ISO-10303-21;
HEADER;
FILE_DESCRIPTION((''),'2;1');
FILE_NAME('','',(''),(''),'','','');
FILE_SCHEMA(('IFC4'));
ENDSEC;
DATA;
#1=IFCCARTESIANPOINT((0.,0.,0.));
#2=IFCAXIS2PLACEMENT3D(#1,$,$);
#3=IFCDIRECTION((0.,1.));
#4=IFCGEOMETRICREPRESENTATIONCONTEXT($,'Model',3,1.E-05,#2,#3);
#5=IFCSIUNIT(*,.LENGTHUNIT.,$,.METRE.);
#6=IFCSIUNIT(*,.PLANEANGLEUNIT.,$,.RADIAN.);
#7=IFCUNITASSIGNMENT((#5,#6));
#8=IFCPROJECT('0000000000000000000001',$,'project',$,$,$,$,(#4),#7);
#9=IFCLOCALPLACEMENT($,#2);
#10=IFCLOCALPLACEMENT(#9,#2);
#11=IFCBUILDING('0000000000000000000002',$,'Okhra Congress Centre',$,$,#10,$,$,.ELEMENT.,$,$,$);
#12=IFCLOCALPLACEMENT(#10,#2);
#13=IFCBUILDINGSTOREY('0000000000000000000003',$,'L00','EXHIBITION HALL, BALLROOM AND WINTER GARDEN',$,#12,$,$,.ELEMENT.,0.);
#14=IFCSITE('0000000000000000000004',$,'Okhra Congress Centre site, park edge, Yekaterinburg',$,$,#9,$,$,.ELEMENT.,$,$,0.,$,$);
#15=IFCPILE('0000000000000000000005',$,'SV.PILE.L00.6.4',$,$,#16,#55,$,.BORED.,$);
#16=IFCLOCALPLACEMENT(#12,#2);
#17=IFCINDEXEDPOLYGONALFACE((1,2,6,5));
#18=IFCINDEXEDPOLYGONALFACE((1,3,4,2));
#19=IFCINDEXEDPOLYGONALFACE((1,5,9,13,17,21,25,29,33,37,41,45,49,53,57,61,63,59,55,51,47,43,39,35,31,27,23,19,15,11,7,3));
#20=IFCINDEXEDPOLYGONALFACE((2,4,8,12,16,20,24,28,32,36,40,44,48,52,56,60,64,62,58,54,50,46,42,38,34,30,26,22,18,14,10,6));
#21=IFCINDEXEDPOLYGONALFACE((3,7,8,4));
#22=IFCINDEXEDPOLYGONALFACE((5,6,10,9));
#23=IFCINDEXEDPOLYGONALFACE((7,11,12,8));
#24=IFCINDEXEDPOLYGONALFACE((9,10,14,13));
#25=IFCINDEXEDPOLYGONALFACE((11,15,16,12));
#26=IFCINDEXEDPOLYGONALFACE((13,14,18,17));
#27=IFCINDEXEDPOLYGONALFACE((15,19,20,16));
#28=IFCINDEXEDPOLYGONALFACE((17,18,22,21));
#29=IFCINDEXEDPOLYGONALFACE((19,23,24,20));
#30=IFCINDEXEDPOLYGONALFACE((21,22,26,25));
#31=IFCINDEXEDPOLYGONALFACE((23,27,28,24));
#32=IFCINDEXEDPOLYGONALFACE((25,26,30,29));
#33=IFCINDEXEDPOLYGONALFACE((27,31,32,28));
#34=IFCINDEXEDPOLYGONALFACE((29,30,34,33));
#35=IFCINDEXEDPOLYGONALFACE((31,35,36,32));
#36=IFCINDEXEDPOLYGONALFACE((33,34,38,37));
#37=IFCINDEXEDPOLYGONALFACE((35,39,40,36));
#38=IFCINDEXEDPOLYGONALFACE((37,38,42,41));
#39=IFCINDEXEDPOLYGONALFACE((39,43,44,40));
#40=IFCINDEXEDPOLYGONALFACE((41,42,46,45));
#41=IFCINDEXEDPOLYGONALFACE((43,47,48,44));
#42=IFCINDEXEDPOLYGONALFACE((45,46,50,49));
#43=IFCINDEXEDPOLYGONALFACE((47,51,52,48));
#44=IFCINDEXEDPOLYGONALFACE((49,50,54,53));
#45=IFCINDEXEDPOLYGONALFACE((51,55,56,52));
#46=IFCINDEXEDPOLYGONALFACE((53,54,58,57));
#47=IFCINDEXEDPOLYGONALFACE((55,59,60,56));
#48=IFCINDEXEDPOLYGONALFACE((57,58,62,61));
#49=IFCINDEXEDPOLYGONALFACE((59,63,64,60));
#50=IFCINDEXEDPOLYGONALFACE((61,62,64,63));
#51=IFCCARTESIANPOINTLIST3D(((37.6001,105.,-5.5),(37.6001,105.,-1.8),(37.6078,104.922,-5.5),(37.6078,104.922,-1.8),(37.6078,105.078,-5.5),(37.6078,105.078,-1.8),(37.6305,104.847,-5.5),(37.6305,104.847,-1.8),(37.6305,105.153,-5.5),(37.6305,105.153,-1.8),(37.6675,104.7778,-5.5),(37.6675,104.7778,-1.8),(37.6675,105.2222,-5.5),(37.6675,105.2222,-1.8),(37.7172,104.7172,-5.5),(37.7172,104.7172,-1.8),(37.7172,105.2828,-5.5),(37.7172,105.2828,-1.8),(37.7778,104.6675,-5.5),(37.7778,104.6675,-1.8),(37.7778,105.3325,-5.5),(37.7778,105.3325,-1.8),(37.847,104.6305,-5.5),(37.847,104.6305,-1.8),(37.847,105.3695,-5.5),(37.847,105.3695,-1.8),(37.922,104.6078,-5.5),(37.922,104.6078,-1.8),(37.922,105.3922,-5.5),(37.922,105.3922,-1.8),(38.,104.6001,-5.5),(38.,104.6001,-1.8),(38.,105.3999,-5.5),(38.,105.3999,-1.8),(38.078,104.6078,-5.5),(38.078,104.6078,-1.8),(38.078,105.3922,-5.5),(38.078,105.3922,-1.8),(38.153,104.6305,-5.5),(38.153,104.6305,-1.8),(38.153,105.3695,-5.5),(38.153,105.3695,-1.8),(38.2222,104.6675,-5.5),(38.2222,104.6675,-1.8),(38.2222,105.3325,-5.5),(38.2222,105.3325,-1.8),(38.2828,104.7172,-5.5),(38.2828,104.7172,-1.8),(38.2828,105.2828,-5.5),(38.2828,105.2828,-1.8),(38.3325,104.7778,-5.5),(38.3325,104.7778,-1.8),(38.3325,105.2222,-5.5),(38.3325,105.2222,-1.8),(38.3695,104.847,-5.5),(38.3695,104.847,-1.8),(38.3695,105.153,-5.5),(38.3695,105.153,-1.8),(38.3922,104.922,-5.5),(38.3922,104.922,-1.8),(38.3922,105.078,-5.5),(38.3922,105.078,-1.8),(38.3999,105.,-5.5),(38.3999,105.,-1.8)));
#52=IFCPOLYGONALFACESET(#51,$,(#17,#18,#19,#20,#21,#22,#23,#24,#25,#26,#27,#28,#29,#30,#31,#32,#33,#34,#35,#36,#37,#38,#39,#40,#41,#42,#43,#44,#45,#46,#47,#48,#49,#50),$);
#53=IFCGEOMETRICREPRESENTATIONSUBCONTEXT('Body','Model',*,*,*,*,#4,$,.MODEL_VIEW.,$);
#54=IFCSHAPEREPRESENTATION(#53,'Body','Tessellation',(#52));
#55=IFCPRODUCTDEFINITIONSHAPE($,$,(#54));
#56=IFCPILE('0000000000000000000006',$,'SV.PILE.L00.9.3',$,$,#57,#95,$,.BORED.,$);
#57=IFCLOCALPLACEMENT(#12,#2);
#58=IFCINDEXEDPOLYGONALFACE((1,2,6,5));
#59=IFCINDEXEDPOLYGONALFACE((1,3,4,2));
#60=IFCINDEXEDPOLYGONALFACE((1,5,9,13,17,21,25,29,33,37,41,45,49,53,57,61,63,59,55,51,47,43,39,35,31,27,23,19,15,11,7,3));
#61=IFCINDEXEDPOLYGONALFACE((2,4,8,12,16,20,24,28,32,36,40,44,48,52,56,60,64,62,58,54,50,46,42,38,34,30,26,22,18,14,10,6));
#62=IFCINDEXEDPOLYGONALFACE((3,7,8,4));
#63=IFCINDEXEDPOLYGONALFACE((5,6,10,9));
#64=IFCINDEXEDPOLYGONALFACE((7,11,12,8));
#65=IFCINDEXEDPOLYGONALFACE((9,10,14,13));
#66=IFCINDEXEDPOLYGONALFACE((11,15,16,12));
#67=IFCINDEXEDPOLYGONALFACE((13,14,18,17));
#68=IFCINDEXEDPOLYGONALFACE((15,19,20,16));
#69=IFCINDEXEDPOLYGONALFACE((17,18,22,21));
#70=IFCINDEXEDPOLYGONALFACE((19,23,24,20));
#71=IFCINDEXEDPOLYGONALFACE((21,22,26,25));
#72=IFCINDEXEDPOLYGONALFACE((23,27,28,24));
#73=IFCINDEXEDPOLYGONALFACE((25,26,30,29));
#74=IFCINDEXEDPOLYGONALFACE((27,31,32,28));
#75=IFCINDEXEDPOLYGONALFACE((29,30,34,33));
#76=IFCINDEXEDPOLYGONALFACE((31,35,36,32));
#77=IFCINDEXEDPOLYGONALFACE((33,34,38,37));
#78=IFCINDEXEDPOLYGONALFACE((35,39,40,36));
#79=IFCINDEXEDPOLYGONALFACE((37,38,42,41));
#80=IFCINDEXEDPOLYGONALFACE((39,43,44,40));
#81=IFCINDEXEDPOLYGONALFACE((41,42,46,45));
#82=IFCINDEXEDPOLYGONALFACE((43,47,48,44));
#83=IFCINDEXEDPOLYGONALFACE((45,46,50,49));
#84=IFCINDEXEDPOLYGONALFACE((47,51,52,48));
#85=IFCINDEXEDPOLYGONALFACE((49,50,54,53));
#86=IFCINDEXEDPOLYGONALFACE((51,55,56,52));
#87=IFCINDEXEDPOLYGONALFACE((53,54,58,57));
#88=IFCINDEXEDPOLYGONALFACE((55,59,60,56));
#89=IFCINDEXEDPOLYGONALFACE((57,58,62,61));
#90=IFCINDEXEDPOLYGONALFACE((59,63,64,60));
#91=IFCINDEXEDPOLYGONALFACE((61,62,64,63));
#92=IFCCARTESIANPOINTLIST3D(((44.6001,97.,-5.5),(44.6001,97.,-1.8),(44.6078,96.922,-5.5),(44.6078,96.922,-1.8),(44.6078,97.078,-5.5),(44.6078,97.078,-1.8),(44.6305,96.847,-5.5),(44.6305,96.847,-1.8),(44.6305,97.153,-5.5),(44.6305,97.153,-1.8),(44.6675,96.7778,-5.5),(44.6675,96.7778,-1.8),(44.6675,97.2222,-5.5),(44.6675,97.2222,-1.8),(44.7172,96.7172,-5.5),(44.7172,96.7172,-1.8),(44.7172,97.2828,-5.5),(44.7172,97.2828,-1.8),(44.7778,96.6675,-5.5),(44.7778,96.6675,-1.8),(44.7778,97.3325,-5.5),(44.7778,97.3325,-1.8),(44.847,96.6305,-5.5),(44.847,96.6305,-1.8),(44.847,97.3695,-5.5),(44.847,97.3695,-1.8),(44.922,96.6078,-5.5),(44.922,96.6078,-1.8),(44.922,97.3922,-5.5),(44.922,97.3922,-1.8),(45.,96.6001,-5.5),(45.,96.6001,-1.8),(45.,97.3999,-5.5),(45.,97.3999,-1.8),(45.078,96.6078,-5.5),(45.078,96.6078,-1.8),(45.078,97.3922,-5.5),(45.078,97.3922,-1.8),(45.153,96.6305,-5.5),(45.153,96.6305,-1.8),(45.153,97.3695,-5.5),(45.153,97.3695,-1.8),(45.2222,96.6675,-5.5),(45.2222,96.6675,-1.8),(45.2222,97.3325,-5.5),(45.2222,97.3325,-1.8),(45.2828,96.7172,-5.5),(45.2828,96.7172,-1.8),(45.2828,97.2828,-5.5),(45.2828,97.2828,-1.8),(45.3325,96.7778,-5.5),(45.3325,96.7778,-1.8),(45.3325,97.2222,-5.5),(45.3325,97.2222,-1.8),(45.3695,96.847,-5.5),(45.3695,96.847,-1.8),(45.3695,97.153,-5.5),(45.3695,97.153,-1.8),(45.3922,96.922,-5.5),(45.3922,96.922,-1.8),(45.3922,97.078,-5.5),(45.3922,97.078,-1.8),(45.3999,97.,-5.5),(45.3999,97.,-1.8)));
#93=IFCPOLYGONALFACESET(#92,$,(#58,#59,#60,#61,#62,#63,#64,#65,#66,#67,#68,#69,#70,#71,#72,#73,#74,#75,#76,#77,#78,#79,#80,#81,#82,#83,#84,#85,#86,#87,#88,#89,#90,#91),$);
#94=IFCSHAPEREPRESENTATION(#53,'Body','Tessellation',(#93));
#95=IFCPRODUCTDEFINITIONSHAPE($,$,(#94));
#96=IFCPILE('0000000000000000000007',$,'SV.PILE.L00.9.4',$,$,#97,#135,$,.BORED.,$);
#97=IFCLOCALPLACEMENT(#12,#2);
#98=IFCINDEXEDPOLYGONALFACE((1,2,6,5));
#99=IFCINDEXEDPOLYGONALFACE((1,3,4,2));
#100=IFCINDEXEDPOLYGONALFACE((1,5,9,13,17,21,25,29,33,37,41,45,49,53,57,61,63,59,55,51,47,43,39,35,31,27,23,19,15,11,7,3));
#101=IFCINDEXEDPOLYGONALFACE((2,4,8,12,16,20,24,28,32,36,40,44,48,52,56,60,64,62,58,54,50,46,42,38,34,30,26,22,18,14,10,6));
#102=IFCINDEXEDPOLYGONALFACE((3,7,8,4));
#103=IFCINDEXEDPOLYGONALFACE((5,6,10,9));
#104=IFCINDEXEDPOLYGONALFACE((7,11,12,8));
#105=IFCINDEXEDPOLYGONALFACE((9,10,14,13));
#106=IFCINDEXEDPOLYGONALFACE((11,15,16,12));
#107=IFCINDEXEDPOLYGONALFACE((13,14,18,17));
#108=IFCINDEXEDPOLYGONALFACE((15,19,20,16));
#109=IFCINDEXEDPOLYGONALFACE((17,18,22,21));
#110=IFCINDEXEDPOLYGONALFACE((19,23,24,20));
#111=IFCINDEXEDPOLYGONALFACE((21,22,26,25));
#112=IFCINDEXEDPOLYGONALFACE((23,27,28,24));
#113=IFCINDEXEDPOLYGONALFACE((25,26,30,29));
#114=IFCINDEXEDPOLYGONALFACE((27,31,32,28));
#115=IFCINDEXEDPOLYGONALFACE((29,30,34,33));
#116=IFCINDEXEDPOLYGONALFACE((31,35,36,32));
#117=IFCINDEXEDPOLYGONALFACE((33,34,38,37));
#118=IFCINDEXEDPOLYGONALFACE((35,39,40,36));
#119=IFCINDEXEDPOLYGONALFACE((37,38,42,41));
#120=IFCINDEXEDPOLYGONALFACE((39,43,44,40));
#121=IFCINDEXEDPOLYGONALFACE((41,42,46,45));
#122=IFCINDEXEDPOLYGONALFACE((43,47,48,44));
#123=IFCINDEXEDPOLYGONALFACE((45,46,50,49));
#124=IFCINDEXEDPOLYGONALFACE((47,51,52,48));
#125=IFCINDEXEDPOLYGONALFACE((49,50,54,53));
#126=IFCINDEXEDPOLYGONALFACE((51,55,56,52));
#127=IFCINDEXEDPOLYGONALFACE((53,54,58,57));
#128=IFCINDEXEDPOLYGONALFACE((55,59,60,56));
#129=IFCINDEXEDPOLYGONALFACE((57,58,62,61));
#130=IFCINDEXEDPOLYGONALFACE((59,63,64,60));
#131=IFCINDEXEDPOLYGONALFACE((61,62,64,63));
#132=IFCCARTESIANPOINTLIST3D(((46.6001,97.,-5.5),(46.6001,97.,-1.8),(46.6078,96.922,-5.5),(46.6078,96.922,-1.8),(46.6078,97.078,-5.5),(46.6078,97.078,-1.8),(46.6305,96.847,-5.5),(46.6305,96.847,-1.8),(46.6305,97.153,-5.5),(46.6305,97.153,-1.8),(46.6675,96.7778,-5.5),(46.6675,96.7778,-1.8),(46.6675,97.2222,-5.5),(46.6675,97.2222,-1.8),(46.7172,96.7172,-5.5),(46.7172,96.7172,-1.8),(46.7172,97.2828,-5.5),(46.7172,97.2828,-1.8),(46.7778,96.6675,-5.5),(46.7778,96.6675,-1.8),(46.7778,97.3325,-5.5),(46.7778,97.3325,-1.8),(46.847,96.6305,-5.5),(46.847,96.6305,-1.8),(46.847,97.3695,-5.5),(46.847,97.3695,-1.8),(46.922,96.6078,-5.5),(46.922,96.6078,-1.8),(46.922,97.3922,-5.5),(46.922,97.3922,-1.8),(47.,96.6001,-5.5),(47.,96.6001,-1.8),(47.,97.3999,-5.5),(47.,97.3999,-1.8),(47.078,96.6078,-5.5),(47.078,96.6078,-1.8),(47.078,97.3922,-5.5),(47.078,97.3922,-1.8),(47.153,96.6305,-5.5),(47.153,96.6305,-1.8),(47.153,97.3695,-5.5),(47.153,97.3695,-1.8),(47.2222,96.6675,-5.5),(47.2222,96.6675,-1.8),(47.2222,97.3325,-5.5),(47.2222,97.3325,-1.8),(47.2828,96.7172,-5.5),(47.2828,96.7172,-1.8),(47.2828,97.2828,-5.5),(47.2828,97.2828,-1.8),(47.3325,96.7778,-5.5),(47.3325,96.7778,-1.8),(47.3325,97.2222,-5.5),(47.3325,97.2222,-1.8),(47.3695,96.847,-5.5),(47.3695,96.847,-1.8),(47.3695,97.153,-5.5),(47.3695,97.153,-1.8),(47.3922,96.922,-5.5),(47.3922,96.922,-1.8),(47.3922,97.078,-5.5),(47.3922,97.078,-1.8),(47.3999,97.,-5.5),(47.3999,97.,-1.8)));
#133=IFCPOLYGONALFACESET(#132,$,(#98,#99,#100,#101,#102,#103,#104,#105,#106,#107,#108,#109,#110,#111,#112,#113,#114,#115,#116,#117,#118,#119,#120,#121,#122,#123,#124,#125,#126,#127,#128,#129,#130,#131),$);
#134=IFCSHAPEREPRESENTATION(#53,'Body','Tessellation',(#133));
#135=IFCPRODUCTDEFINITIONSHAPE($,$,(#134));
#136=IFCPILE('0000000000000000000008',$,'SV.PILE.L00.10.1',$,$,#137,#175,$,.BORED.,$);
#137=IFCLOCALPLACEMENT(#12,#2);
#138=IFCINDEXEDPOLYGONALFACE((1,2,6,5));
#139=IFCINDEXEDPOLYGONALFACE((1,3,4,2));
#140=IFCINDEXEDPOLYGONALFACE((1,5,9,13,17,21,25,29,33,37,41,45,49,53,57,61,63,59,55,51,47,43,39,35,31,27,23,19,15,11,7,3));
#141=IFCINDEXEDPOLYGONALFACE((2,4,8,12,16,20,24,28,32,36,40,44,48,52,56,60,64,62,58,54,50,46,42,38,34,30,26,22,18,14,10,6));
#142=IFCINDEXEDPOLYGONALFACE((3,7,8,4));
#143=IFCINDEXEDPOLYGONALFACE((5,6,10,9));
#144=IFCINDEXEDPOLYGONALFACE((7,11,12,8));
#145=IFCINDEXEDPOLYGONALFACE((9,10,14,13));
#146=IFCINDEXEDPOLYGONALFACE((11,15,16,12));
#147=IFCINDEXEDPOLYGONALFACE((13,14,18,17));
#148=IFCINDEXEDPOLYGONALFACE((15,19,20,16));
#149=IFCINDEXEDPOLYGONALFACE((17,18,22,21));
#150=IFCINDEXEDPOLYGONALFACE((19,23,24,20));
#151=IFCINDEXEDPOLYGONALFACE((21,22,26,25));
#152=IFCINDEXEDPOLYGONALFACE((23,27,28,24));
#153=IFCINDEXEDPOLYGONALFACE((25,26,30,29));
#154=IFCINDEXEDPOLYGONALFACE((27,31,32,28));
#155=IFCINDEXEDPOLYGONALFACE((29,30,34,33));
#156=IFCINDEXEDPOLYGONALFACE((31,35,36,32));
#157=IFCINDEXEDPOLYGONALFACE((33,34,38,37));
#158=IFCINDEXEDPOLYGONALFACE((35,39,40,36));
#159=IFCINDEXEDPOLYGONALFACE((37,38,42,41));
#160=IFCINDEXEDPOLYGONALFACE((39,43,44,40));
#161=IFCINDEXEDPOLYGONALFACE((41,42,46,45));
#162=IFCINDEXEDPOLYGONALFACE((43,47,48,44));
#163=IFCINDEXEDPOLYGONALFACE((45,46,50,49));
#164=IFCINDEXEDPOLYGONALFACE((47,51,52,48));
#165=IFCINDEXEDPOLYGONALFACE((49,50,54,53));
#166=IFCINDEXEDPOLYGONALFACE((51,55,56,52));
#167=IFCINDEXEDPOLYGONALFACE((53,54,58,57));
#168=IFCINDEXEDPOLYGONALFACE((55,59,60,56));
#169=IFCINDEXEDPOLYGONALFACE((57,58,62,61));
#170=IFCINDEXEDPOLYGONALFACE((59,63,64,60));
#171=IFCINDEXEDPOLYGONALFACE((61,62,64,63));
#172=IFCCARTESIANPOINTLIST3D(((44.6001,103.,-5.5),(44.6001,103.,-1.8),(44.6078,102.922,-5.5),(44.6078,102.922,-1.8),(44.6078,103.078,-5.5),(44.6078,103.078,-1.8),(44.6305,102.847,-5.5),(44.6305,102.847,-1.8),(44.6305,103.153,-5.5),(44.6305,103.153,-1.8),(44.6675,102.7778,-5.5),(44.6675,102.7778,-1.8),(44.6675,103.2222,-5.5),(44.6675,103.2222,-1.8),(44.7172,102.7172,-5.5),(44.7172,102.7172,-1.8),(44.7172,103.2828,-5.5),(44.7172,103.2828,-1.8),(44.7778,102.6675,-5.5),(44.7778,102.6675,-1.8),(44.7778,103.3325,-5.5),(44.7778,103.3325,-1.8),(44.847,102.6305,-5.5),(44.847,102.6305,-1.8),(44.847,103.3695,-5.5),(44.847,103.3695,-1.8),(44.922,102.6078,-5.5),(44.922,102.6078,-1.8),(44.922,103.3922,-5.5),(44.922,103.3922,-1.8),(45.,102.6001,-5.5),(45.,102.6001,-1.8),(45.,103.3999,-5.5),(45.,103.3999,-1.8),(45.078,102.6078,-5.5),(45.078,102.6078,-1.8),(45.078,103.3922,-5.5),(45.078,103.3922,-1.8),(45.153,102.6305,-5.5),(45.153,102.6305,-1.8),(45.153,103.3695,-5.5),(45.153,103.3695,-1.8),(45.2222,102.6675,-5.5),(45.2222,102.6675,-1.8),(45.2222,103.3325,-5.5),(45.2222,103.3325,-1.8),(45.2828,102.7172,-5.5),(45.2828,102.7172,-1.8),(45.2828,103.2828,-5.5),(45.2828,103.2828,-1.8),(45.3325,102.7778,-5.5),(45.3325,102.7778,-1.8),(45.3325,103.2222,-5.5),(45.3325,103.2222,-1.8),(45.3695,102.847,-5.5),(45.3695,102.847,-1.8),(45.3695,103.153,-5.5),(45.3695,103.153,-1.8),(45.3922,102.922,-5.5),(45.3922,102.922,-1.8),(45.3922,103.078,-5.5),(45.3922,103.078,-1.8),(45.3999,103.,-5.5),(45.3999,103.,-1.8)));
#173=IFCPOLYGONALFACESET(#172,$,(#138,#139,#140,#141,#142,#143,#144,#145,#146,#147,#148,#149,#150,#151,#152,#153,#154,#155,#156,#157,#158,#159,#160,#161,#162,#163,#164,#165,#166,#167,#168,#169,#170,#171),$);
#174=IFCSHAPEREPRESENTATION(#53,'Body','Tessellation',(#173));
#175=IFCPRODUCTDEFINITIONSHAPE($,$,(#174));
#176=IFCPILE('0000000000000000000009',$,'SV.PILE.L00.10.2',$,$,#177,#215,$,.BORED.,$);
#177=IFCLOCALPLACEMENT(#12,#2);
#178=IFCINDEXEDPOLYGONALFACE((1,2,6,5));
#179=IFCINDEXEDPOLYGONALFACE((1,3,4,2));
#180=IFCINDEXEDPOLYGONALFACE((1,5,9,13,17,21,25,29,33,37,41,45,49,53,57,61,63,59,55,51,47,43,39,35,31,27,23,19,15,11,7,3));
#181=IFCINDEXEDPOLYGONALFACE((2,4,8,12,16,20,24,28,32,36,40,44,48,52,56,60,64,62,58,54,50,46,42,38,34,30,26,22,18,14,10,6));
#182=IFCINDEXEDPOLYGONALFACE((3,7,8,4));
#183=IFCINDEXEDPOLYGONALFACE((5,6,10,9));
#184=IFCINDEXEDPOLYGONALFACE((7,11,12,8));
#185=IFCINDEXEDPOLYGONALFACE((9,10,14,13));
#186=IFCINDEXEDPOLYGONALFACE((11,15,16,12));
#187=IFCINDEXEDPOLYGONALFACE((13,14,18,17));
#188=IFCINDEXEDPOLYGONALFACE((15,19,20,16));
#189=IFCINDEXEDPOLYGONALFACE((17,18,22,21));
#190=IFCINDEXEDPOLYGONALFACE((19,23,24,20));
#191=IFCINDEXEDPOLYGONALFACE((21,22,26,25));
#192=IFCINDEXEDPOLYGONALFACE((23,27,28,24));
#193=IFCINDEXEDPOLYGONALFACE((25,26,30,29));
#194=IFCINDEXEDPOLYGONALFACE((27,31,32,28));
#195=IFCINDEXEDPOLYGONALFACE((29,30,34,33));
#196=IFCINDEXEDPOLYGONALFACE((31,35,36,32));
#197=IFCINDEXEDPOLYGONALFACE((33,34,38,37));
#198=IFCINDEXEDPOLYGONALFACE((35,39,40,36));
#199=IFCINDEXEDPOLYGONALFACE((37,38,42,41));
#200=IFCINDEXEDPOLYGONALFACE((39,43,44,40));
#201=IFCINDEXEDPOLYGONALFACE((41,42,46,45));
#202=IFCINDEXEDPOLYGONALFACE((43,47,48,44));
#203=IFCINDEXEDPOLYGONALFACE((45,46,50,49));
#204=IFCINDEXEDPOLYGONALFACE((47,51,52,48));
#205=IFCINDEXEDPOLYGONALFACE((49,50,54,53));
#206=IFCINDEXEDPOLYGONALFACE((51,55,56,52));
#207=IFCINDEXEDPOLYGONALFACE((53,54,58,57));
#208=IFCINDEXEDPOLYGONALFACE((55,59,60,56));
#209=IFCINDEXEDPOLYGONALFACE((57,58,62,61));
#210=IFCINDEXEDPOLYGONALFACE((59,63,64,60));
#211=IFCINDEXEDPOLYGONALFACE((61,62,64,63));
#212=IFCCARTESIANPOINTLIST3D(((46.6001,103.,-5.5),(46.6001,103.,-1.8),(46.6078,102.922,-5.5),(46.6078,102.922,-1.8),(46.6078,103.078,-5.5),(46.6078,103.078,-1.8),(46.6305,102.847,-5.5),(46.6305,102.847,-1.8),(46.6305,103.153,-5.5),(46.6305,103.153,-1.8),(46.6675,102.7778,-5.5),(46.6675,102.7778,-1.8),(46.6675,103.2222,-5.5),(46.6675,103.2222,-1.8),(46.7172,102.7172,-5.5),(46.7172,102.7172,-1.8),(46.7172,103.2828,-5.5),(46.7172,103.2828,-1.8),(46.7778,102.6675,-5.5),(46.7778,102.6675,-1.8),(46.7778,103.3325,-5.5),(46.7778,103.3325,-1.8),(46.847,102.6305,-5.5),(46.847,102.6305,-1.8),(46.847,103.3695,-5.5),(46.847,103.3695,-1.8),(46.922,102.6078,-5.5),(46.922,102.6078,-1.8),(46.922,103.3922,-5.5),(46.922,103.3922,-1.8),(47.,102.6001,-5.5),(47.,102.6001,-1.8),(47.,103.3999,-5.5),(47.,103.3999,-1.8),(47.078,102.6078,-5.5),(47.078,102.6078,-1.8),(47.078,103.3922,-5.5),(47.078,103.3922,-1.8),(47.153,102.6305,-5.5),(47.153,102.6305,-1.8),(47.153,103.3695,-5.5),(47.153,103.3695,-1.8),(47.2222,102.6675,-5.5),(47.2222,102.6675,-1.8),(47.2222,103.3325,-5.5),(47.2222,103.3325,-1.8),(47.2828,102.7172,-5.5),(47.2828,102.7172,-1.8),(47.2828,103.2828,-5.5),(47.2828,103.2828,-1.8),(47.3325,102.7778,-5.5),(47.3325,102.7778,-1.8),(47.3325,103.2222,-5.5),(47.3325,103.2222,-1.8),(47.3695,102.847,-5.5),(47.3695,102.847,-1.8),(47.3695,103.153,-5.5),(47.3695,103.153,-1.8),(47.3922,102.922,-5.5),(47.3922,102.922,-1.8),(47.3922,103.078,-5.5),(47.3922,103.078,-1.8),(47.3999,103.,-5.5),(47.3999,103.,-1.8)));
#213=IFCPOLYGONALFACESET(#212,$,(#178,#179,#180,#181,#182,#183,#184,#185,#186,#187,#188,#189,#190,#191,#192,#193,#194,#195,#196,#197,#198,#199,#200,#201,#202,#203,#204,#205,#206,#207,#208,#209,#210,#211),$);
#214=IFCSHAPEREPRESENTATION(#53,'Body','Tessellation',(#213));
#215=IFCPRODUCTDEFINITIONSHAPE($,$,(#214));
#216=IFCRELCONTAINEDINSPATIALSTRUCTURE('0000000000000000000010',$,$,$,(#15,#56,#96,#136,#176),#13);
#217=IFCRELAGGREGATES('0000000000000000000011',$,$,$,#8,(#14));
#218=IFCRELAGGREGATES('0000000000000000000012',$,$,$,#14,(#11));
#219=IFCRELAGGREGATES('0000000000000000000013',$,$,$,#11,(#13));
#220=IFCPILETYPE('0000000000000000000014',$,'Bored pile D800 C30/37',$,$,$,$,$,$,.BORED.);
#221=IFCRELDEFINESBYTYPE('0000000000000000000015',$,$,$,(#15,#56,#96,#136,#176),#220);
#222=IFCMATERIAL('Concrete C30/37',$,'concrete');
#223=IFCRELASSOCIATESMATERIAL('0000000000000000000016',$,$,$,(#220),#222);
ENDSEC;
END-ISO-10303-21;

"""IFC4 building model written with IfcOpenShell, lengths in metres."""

from ifc_helpers import new_model, si_unit, direction, frame, origin, origin_2d, place, context, subcontext, project, spatial, circle, extrude, material, material_profile, profile_set, type_object, element, save


model = new_model("IFC4")

# Units and contexts
model_context = context("Model", 3, precision=1e-05, world=origin(), true_north=direction((0.0, 1.0)))
body_context = subcontext(model_context, "Body", "Model", "MODEL_VIEW")
ifc_project = project(units=[si_unit("LENGTHUNIT", "METRE"), si_unit("PLANEANGLEUNIT", "RADIAN")], contexts=[model_context])

# Site, building, storey
site_placement = place(None, origin())
site = spatial("IfcSite", under=ifc_project, at=site_placement, Name="Okhra Congress Centre site, park edge, Yekaterinburg", CompositionType="ELEMENT", RefElevation=0.0)
building_placement = place(site_placement, origin())
building = spatial("IfcBuilding", under=site, at=building_placement, Name="Okhra Congress Centre", CompositionType="ELEMENT")
storey_placement = place(building_placement, origin())
storey = spatial("IfcBuildingStorey", under=building, at=storey_placement, Name="L00", Description="EXHIBITION HALL, BALLROOM AND WINTER GARDEN", CompositionType="ELEMENT", Elevation=0.0)

# Piles
ifc_material_1 = material(Name="Concrete C30/37", Category="concrete")
ifc_material_profile_1 = material_profile(ifc_material_1, circle(Radius=0.3999, at=origin_2d()), Name="D800")
ifc_profile_set_1 = profile_set([ifc_material_profile_1], Name="Concrete C30/37")
pile_type = type_object("IfcPileType", Name="Bored pile D800 C30/37", PredefinedType="BORED", material=ifc_profile_set_1)
for number, where, z_axis, x_axis, name in (
    (1, (38.0, 105.0, -1.8), (0.0, 0.0, -1.0), (1.0, 0.0, 0.0), "SV.PILE.L00.6.4"),
    (2, (45.0, 97.0, -1.8), (0.0, 0.0, -1.0), (1.0, 0.0, 0.0), "SV.PILE.L00.9.3"),
    (3, (47.0, 97.0, -1.8), (0.0, 0.0, -1.0), (1.0, 0.0, 0.0), "SV.PILE.L00.9.4"),
    (4, (45.0, 103.0, -1.8), (0.0, 0.0, -1.0), (1.0, 0.0, 0.0), "SV.PILE.L00.10.1"),
    (5, (47.0, 103.0, -1.8), (0.0, 0.0, -1.0), (1.0, 0.0, 0.0), "SV.PILE.L00.10.2"),
):
    element("IfcPile", number, at=place(storey_placement, frame(where, z_axis=z_axis, x_axis=x_axis)), inside=storey, type_object=pile_type, Name=name, PredefinedType="BORED", context=body_context, shape_type="SweptSolid", body=[
        extrude(circle(Radius=0.3999, at=origin_2d()), origin(), (0.0, 0.0, 1.0), 3.7),
    ])

save(model, "model.ifc")
